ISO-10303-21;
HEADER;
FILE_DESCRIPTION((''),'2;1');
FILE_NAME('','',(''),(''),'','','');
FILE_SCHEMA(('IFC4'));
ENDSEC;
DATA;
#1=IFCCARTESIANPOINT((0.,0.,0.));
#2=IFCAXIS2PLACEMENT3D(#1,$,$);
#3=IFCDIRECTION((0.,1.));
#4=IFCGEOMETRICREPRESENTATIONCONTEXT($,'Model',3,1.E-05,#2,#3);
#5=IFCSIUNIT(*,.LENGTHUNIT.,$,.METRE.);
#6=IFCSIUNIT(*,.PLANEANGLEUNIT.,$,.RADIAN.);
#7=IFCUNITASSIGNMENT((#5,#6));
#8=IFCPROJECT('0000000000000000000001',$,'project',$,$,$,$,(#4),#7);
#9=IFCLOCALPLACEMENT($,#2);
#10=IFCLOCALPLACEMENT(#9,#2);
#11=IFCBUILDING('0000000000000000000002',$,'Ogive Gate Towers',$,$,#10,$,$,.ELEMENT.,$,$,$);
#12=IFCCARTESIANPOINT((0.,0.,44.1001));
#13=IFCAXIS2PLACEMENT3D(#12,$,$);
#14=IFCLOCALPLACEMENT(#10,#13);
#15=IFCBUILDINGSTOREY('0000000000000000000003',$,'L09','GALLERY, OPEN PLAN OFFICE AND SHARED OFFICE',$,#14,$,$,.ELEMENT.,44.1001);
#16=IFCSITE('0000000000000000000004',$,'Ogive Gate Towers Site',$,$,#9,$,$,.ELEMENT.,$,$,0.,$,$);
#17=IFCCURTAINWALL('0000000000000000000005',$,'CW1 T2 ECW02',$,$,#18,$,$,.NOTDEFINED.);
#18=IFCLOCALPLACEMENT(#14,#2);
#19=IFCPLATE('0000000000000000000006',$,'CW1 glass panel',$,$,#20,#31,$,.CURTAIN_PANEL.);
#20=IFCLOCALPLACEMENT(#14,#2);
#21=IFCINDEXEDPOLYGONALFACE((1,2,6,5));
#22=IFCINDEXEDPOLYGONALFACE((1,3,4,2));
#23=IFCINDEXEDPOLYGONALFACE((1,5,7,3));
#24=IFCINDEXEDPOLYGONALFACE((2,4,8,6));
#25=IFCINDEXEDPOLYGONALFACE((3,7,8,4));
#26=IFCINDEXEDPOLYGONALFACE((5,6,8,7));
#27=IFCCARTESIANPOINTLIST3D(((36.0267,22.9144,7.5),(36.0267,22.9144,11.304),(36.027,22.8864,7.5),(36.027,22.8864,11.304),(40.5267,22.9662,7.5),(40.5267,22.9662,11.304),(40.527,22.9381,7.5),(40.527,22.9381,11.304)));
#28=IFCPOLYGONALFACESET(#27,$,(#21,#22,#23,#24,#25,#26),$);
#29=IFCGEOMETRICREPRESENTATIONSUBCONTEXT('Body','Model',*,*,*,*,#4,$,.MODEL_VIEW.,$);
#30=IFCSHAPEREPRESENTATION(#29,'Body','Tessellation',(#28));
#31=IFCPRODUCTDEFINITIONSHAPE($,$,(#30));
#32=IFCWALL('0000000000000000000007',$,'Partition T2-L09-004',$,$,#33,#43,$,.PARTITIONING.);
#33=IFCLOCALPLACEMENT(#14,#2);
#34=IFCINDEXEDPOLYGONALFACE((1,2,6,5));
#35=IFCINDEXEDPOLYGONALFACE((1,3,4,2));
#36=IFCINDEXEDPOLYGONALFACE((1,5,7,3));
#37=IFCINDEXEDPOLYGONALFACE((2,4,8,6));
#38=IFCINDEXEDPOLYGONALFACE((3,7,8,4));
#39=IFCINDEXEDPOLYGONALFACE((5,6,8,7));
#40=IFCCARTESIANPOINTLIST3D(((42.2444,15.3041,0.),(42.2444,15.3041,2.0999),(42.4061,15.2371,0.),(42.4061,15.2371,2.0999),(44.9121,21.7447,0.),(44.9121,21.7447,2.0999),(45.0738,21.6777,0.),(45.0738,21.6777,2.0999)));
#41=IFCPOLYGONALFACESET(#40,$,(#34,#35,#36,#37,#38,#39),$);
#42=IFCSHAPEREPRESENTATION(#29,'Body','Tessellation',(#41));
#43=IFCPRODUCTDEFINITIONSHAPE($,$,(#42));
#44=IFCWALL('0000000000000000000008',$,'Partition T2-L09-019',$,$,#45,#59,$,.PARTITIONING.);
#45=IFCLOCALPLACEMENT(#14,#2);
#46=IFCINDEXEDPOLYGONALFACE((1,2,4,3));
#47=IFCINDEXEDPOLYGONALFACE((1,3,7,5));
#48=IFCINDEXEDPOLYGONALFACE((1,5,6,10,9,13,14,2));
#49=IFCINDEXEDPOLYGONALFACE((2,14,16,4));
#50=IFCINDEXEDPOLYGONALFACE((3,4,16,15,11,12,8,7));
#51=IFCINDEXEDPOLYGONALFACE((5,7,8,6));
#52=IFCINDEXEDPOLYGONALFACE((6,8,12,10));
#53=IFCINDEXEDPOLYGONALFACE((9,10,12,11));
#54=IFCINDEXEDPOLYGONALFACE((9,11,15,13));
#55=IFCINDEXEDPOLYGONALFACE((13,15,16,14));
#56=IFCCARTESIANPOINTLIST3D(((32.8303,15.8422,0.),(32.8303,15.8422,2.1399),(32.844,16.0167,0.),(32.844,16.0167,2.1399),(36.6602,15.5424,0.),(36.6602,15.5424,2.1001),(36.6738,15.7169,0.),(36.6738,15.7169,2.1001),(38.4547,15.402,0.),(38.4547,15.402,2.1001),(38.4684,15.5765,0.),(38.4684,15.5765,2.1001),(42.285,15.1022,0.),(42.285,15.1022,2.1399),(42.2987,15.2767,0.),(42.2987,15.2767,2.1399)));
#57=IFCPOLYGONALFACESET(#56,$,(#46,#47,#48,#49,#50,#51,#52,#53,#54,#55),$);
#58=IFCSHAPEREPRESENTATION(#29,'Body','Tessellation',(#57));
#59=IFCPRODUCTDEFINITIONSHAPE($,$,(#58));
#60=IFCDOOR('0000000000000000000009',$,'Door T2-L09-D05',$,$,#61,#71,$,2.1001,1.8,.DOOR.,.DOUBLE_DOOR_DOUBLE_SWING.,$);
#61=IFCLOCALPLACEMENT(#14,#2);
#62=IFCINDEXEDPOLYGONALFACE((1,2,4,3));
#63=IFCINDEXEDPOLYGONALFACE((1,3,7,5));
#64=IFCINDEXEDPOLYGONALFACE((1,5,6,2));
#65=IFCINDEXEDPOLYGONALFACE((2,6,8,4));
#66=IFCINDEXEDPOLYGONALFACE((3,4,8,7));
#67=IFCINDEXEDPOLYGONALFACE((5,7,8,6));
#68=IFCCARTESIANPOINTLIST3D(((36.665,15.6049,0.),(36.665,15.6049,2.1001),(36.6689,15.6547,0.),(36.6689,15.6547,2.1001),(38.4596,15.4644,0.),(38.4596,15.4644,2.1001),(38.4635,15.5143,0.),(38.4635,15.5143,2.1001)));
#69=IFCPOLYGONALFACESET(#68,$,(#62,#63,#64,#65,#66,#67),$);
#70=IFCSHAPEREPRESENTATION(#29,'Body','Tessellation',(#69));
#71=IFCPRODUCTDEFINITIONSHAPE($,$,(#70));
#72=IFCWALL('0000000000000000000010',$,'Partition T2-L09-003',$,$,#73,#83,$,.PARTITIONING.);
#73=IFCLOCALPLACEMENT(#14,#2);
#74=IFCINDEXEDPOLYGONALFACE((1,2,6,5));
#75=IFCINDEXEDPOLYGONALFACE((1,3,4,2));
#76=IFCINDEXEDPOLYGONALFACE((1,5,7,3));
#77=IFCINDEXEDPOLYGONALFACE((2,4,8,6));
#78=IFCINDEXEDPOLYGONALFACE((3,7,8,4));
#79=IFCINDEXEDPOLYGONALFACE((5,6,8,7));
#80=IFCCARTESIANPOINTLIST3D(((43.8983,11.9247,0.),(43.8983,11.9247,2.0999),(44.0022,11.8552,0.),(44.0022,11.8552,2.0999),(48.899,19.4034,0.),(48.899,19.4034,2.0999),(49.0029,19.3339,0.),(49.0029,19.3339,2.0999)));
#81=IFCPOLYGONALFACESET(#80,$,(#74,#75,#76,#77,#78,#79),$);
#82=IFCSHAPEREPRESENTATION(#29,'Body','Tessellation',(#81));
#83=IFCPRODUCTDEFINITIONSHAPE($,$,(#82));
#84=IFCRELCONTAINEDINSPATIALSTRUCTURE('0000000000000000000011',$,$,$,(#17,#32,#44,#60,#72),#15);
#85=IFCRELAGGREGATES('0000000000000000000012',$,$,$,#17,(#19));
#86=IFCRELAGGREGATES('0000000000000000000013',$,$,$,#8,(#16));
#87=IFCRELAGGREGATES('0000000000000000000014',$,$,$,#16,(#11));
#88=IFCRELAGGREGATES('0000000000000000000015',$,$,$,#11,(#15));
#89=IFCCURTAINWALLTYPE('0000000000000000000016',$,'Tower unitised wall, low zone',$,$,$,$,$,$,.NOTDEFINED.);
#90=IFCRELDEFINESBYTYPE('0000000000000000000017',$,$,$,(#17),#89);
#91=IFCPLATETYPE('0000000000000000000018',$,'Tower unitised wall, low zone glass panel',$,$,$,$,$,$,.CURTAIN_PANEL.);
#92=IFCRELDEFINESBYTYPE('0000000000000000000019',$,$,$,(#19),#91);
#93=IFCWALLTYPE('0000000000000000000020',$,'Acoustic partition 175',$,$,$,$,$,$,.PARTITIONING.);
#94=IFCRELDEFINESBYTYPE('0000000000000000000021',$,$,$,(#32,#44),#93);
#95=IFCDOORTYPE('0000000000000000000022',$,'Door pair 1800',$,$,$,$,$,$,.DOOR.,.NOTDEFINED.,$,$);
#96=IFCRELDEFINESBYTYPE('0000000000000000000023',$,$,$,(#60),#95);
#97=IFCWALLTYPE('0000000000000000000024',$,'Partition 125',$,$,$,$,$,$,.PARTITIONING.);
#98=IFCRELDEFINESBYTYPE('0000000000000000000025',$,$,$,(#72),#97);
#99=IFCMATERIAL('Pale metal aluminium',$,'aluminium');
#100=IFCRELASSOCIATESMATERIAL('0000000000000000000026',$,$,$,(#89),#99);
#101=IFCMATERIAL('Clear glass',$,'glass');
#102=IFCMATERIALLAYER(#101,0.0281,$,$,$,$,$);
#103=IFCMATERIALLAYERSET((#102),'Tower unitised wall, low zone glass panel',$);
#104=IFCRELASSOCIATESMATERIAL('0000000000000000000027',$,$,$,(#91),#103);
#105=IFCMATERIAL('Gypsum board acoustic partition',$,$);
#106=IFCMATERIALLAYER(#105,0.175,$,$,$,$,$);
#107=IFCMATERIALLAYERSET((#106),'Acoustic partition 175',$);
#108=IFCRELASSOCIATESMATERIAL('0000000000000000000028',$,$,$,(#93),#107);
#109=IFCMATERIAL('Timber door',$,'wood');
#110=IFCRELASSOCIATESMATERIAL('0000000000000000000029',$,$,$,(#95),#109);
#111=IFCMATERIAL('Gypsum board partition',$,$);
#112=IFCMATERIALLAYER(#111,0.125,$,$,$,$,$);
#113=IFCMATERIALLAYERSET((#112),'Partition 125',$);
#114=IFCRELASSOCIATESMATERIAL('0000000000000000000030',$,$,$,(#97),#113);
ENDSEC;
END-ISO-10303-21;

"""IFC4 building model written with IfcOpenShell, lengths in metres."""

from ifc_helpers import new_model, si_unit, direction, frame, frame_2d, origin, origin_2d, place, context, subcontext, project, spatial, rectangle, extrude, material, layer, layer_set, type_object, element, fill, aggregate, save


model = new_model("IFC4")

# Units and contexts
model_context = context("Model", 3, precision=1e-05, world=origin(), true_north=direction((0.0, 1.0)))
body_context = subcontext(model_context, "Body", "Model", "MODEL_VIEW")
ifc_project = project(units=[si_unit("LENGTHUNIT", "METRE"), si_unit("PLANEANGLEUNIT", "RADIAN")], contexts=[model_context])

# Site, building, storey
site_placement = place(None, origin())
site = spatial("IfcSite", under=ifc_project, at=site_placement, Name="Ogive Gate Towers Site", CompositionType="ELEMENT", RefElevation=0.0)
building_placement = place(site_placement, origin())
building = spatial("IfcBuilding", under=site, at=building_placement, Name="Ogive Gate Towers", CompositionType="ELEMENT")
storey_placement = place(building_placement, frame((0.0, 0.0, 44.1001)))
storey = spatial("IfcBuildingStorey", under=building, at=storey_placement, Name="L09", Description="GALLERY, OPEN PLAN OFFICE AND SHARED OFFICE", CompositionType="ELEMENT", Elevation=44.1001)

# Shared definitions
ifc_material_1 = material(Name="Pale metal aluminium", Category="aluminium")
curtain_wall_type = type_object("IfcCurtainWallType", Name="Tower unitised wall, low zone", PredefinedType="NOTDEFINED", material=ifc_material_1)

# Curtain wall
curtain_wall_1_placement = place(storey_placement, origin())
curtain_wall_1 = element("IfcCurtainWall", 1, at=curtain_wall_1_placement, inside=storey, type_object=curtain_wall_type, Name="CW1 T2 ECW02", PredefinedType="NOTDEFINED")

# Plate
ifc_material_2 = material(Name="Clear glass", Category="glass")
ifc_layer_1 = layer(ifc_material_2, 0.0281)
ifc_layer_set_1 = layer_set([ifc_layer_1], Name="Tower unitised wall, low zone glass panel")
plate_type = type_object("IfcPlateType", Name="Tower unitised wall, low zone glass panel", PredefinedType="CURTAIN_PANEL", material=ifc_layer_set_1)
plate_1_placement = place(storey_placement, frame((38.2769, 22.9263, 7.5), z_axis=(0.0, 0.0, 1.0), x_axis=(-0.999934, -0.011501, 0.0)))
plate_1 = element("IfcPlate", 2, at=plate_1_placement, type_object=plate_type, Name="CW1 glass panel", PredefinedType="CURTAIN_PANEL", context=body_context, shape_type="SweptSolid", body=[
    extrude(rectangle(XDim=4.5002, YDim=0.0281, at=origin_2d()), origin(), (0.0, 0.0, 1.0), 3.804),
])
aggregate(curtain_wall_1, [plate_1])

# Wall
ifc_material_3 = material(Name="Gypsum board acoustic partition")
ifc_layer_2 = layer(ifc_material_3, 0.175)
ifc_layer_set_2 = layer_set([ifc_layer_2], Name="Acoustic partition 175")
wall_type_1 = type_object("IfcWallType", Name="Acoustic partition 175", PredefinedType="PARTITIONING", material=ifc_layer_set_2)
wall_1_placement = place(storey_placement, frame((44.9929, 21.7112, 0.0), z_axis=(0.0, 0.0, 1.0), x_axis=(-0.382672, -0.923884, 0.0)))
element("IfcWall", 3, at=wall_1_placement, inside=storey, type_object=wall_type_1, Name="Partition T2-L09-004", PredefinedType="PARTITIONING", context=body_context, shape_type="SweptSolid", body=[
    extrude(rectangle(XDim=6.9712, YDim=0.175, at=frame_2d((3.4856, 0.0))), origin(), (0.0, 0.0, 1.0), 2.0999),
])

# Wall, opening, door
wall_2_placement = place(storey_placement, frame((42.2917, 15.1895, 0.0), z_axis=(0.0, 0.0, 1.0), x_axis=(-0.996951, 0.078027, 0.0)))
wall_2 = element("IfcWall", 4, at=wall_2_placement, inside=storey, type_object=wall_type_1, Name="Partition T2-L09-019", PredefinedType="PARTITIONING", context=body_context, shape_type="SweptSolid", body=[
    extrude(rectangle(XDim=9.4836, YDim=0.175, at=frame_2d((4.7417, 0.0))), origin(), (0.0, 0.0, 1.0), 2.1399),
])
opening_placement = place(wall_2_placement, frame((3.842, 0.0, 0.0)))
opening = element("IfcOpeningElement", 5, at=opening_placement, cuts=wall_2, PredefinedType="OPENING", context=body_context, shape_type="SweptSolid", body=[
    extrude(rectangle(XDim=1.8, YDim=2.1001, at=frame_2d((0.8999, 1.05))), frame((0.0, 0.0977, 0.0), z_axis=(0.0, -1.0, 0.0), x_axis=(1.0, 0.0, 0.0)), (0.0, 0.0, 1.0), 0.1951),
])
ifc_material_4 = material(Name="Timber door", Category="wood")
door_type = type_object("IfcDoorType", Name="Door pair 1800", OperationType="NOTDEFINED", PredefinedType="DOOR", material=ifc_material_4)
door_placement = place(opening_placement, origin())
door = element("IfcDoor", 6, at=door_placement, inside=storey, type_object=door_type, Name="Door T2-L09-D05", OperationType="DOUBLE_DOOR_DOUBLE_SWING", OverallHeight=2.1001, OverallWidth=1.8, PredefinedType="DOOR", context=body_context, shape_type="SweptSolid", body=[
    extrude(rectangle(XDim=1.8, YDim=2.1001, at=frame_2d((0.8999, 1.05))), frame((0.0, 0.0249, 0.0), z_axis=(0.0, -1.0, 0.0), x_axis=(1.0, 0.0, 0.0)), (0.0, 0.0, 1.0), 0.05),
])
fill(opening, door)

# Wall
ifc_material_5 = material(Name="Gypsum board partition")
ifc_layer_3 = layer(ifc_material_5, 0.125)
ifc_layer_set_3 = layer_set([ifc_layer_3], Name="Partition 125")
wall_type_2 = type_object("IfcWallType", Name="Partition 125", PredefinedType="PARTITIONING", material=ifc_layer_set_3)
wall_3_placement = place(storey_placement, frame((48.9509, 19.3687, 0.0), z_axis=(0.0, 0.0, 1.0), x_axis=(-0.555846, -0.831285, 0.0)))
element("IfcWall", 7, at=wall_3_placement, inside=storey, type_object=wall_type_2, Name="Partition T2-L09-003", PredefinedType="PARTITIONING", context=body_context, shape_type="SweptSolid", body=[
    extrude(rectangle(XDim=8.9966, YDim=0.125, at=frame_2d((4.4983, 0.0))), origin(), (0.0, 0.0, 1.0), 2.0999),
])

save(model, "model.ifc")
